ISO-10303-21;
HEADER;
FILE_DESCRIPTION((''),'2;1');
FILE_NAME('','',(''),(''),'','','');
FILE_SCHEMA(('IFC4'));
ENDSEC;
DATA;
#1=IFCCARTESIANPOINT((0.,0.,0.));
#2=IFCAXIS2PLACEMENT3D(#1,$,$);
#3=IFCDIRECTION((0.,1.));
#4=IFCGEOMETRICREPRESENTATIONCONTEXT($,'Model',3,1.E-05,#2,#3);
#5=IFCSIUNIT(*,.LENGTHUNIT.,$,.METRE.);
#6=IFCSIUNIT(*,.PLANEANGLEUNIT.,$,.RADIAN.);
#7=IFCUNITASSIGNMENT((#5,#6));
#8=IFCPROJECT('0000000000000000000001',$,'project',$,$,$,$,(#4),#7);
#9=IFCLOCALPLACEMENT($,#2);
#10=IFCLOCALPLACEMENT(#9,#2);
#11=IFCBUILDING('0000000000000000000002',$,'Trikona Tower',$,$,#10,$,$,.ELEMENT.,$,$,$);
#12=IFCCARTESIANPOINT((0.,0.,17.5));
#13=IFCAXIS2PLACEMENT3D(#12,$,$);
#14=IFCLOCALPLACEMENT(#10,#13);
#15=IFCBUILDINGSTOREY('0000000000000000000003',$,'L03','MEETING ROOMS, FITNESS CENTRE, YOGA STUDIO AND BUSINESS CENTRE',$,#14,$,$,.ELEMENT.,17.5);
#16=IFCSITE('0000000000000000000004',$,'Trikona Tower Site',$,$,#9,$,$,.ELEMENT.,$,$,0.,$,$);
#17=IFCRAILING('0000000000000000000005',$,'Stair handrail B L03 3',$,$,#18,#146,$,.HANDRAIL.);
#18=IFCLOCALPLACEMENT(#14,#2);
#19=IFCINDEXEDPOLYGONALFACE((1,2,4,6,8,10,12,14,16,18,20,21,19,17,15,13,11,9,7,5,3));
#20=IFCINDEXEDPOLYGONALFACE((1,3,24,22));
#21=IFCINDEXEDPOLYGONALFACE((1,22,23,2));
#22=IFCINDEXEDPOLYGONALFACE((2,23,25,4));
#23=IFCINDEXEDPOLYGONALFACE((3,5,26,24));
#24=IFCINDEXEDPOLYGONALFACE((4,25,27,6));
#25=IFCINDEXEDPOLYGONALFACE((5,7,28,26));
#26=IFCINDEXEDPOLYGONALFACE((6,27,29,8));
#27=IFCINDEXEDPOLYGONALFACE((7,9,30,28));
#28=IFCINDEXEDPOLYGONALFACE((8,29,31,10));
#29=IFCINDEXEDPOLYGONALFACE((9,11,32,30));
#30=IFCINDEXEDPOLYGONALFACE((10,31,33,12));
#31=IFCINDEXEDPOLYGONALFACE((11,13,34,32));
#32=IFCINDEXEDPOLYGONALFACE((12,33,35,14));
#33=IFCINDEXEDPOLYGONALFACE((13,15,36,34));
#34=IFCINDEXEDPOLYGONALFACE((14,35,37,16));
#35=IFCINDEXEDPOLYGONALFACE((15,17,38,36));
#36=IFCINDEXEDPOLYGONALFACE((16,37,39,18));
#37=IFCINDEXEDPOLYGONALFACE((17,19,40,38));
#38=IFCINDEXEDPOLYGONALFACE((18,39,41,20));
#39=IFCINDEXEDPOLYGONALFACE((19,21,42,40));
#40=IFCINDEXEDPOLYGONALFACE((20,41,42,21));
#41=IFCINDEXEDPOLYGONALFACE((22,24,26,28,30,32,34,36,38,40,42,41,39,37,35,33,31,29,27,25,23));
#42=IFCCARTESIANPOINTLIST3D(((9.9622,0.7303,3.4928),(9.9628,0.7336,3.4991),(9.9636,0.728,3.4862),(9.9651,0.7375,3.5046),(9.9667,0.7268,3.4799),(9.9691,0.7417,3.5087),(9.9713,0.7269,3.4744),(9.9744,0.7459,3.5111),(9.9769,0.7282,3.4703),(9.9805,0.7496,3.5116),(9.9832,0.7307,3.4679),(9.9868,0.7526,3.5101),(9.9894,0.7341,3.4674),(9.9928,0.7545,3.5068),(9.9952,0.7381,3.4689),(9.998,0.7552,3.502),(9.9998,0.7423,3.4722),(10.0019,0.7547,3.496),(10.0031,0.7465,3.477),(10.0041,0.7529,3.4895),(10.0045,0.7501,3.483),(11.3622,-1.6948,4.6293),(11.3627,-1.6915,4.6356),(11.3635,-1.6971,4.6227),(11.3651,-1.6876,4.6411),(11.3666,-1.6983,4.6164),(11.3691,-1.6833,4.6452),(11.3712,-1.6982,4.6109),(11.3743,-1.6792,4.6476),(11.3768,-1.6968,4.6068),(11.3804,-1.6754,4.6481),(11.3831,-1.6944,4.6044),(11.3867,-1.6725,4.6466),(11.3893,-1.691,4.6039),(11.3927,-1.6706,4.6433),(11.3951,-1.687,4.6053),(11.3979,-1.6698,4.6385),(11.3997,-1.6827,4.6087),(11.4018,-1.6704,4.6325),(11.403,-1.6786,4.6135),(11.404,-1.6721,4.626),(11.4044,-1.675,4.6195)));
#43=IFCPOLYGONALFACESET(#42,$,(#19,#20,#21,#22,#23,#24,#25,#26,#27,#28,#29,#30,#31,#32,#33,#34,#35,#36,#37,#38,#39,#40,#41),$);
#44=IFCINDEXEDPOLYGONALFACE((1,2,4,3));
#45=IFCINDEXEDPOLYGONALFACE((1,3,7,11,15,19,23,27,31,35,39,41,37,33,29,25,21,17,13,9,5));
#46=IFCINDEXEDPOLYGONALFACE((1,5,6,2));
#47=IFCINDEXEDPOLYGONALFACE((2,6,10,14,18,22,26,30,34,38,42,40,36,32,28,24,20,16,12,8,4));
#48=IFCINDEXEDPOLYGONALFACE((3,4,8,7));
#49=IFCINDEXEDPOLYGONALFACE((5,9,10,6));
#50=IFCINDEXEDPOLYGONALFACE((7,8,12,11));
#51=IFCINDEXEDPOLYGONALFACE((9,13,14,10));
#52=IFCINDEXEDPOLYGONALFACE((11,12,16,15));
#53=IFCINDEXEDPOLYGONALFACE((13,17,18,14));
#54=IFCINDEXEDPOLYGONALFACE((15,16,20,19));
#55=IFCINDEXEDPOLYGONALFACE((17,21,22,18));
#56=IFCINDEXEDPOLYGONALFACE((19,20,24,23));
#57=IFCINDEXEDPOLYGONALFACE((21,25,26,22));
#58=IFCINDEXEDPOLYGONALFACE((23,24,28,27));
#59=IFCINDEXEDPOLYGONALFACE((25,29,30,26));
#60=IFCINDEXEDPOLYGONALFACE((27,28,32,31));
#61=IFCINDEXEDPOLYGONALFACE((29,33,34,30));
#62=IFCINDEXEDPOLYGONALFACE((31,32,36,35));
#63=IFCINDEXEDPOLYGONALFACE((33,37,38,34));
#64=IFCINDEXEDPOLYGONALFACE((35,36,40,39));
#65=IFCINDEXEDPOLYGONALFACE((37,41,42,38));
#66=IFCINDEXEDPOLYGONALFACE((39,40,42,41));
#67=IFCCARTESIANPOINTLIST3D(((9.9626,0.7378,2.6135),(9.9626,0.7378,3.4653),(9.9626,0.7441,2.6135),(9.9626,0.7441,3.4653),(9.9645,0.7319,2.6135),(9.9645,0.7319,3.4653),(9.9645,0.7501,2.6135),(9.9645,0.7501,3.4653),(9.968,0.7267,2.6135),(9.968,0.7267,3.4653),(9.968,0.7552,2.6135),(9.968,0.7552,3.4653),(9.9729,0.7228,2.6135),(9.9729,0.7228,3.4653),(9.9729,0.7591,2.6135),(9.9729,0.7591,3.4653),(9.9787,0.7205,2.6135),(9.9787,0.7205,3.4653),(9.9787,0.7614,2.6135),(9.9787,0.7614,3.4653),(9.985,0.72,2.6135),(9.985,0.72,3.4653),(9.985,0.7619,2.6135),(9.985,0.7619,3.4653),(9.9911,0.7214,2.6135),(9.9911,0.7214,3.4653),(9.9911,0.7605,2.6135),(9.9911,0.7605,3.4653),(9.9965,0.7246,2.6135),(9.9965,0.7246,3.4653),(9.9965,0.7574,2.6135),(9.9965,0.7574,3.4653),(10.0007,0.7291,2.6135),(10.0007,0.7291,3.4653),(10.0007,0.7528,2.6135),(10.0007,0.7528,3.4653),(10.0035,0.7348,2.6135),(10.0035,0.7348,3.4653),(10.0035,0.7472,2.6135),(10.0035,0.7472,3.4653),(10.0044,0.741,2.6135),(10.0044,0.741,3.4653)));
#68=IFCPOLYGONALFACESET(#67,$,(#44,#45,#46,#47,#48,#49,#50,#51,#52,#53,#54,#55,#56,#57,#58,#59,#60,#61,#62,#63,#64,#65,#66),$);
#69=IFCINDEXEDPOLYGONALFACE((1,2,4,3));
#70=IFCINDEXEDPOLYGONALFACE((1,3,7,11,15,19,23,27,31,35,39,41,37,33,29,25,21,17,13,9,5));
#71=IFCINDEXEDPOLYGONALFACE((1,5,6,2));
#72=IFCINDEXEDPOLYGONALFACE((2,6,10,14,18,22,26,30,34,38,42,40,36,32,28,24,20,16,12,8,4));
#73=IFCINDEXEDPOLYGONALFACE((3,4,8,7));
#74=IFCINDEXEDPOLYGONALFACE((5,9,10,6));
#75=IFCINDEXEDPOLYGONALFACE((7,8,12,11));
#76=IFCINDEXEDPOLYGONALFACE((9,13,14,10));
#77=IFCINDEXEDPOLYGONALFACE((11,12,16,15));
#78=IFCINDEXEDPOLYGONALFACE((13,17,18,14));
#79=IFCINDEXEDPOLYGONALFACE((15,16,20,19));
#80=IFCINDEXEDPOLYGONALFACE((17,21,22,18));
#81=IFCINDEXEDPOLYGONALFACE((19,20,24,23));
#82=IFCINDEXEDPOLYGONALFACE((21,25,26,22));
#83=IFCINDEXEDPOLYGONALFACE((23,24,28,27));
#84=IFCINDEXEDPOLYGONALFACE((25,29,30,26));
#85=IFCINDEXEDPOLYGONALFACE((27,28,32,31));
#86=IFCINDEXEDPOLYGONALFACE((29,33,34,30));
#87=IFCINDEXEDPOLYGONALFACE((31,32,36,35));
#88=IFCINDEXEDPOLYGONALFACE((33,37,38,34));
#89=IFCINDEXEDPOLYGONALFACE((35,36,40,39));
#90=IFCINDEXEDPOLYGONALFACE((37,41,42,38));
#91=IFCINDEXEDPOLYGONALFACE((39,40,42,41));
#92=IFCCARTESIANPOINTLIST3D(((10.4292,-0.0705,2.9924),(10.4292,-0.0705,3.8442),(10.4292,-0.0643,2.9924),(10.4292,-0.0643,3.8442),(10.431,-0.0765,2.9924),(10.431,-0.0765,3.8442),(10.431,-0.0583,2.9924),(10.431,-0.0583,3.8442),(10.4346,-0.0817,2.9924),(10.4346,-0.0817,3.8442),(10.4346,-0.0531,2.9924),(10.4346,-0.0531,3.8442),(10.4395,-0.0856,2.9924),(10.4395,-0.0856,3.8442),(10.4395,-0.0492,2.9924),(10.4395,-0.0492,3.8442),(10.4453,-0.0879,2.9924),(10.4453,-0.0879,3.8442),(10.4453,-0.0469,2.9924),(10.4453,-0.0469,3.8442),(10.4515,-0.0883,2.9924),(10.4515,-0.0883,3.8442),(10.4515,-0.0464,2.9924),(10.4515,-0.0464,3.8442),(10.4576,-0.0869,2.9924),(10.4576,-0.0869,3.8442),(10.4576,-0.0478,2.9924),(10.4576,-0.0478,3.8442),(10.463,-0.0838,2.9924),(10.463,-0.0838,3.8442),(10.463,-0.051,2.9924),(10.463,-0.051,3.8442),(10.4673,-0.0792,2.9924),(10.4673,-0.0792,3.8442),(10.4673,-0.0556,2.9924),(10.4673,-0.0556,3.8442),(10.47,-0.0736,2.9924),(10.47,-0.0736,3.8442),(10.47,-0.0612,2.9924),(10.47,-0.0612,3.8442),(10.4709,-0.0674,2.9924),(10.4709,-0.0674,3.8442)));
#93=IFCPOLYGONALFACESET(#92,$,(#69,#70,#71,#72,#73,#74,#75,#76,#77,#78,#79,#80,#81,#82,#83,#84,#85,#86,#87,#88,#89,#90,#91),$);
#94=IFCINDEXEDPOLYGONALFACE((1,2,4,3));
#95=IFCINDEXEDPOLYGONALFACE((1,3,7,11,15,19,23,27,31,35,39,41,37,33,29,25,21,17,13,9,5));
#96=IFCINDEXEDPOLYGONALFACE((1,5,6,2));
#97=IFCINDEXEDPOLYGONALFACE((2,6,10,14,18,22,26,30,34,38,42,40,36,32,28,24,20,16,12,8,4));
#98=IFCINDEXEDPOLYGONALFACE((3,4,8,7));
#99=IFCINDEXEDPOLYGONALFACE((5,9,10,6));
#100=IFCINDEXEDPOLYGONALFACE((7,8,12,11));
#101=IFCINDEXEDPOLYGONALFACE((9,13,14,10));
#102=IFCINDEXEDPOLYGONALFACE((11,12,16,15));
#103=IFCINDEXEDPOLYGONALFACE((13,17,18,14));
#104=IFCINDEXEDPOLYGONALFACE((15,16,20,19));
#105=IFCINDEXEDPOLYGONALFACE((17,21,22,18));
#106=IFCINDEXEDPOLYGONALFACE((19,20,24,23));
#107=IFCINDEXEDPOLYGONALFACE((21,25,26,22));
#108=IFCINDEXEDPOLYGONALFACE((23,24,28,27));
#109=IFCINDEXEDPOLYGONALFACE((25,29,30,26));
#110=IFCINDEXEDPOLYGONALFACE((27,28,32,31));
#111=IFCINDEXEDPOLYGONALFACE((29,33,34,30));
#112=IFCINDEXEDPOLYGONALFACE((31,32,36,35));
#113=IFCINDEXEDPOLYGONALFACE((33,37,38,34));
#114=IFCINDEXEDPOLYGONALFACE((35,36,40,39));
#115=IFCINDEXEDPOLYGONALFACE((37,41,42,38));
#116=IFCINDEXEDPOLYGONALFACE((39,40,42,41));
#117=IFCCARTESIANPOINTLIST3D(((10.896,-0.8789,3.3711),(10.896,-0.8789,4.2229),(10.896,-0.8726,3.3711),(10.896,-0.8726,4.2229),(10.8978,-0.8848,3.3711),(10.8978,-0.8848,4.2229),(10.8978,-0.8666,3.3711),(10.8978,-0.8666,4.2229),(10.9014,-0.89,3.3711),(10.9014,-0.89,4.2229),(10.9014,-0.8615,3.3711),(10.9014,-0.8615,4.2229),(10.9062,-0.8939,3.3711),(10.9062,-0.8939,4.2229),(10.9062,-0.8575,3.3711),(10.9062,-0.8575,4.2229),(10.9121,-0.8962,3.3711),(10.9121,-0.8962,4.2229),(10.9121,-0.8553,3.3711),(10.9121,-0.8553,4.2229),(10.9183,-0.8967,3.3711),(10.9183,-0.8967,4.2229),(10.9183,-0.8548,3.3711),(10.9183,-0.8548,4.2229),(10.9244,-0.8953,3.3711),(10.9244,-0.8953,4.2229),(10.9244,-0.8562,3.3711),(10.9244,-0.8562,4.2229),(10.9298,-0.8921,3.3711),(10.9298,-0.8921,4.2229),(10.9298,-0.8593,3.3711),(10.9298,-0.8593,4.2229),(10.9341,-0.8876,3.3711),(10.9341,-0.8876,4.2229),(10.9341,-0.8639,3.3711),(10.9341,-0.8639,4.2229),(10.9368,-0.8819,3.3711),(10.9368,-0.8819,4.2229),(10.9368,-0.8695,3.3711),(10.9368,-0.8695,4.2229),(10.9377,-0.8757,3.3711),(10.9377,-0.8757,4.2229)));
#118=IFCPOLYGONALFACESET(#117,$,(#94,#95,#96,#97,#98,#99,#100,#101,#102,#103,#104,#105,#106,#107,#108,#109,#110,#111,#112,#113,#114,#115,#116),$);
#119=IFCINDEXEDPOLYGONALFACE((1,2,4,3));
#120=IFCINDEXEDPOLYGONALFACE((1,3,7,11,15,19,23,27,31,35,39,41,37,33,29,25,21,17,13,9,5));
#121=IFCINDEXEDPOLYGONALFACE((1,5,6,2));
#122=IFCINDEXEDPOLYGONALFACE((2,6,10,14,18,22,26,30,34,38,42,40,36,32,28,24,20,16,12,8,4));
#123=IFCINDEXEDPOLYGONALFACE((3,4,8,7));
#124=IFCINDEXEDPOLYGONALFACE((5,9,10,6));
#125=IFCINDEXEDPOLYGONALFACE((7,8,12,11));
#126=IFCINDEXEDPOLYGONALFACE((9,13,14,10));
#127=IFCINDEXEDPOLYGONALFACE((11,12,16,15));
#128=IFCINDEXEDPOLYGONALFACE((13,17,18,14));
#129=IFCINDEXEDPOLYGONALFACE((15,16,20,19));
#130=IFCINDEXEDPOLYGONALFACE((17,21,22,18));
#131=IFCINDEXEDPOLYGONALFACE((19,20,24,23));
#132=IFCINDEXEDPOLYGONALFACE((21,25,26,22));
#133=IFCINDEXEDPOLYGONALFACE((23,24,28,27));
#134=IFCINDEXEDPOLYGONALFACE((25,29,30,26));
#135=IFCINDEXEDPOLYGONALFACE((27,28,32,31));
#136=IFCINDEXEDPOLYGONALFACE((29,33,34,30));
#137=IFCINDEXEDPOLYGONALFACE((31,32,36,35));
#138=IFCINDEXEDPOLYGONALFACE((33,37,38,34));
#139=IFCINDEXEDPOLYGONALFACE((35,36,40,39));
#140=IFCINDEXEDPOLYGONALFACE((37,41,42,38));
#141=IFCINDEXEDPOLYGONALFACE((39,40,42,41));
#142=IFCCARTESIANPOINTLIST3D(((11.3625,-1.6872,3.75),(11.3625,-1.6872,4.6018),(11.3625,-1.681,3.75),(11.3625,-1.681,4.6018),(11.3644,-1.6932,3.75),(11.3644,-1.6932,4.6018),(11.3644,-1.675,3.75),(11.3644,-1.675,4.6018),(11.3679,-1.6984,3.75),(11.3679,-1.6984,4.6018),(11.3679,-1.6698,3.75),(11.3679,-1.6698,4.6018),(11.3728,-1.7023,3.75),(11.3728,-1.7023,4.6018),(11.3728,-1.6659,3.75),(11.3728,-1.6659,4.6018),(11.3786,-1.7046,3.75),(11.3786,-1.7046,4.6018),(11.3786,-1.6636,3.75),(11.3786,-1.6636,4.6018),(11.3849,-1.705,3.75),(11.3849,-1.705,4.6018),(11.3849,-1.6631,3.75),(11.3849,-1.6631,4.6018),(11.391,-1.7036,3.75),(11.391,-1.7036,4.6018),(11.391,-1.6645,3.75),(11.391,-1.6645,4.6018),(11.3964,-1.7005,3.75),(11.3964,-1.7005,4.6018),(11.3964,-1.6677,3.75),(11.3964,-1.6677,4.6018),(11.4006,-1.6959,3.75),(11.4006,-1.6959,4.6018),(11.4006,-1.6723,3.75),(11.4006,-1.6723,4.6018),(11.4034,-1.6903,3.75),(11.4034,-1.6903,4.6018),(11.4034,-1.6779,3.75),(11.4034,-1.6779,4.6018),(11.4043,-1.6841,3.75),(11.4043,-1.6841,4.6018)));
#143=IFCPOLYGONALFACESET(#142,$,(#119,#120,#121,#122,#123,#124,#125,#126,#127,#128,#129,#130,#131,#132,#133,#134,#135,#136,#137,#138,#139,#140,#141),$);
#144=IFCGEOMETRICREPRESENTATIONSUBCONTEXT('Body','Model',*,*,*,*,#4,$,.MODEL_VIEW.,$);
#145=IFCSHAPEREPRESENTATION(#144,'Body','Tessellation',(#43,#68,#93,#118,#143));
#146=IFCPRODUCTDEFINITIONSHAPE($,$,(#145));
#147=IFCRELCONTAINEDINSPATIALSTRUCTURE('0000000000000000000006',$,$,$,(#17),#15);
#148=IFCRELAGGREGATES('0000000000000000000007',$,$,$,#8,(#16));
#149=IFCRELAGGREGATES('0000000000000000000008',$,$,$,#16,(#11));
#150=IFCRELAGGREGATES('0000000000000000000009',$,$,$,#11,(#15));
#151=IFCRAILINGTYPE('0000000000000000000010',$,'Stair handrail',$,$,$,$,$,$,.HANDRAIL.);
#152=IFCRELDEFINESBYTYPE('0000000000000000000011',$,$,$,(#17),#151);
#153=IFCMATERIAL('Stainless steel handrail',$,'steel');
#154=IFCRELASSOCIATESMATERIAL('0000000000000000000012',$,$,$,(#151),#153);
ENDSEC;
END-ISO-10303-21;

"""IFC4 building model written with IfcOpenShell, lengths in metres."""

from ifc_helpers import new_model, si_unit, direction, frame, origin, origin_2d, place, context, subcontext, project, spatial, circle, extrude, material, type_object, element, save


model = new_model("IFC4")

# Units and contexts
model_context = context("Model", 3, precision=1e-05, world=origin(), true_north=direction((0.0, 1.0)))
body_context = subcontext(model_context, "Body", "Model", "MODEL_VIEW")
ifc_project = project(units=[si_unit("LENGTHUNIT", "METRE"), si_unit("PLANEANGLEUNIT", "RADIAN")], contexts=[model_context])

# Site, building, storey
site_placement = place(None, origin())
site = spatial("IfcSite", under=ifc_project, at=site_placement, Name="Trikona Tower Site", CompositionType="ELEMENT", RefElevation=0.0)
building_placement = place(site_placement, origin())
building = spatial("IfcBuilding", under=site, at=building_placement, Name="Trikona Tower", CompositionType="ELEMENT")
storey_placement = place(building_placement, frame((0.0, 0.0, 17.5)))
storey = spatial("IfcBuildingStorey", under=building, at=storey_placement, Name="L03", Description="MEETING ROOMS, FITNESS CENTRE, YOGA STUDIO AND BUSINESS CENTRE", CompositionType="ELEMENT", Elevation=17.5)

# Railing
ifc_material_1 = material(Name="Stainless steel handrail", Category="steel")
railing_type = type_object("IfcRailingType", Name="Stair handrail", PredefinedType="HANDRAIL", material=ifc_material_1)
for number, where, name in (
    (1, (9.9834, 0.741, 2.6135), "Stair handrail B L03 3"),
):
    element("IfcRailing", number, at=place(storey_placement, frame(where)), inside=storey, type_object=railing_type, Name=name, PredefinedType="HANDRAIL", context=body_context, shape_type="SweptSolid", body=[
        extrude(circle(Radius=0.0239, at=origin_2d()), frame((0.0, 0.0, 0.876), z_axis=(0.463245, -0.802479, 0.376074), x_axis=(0.866056, 0.499946, 0.0)), (0.0, 0.0, 1.0), 3.022),
        extrude(circle(Radius=0.021, at=origin_2d()), origin(), (0.0, 0.0, 1.0), 0.8518),
        extrude(circle(Radius=0.021, at=origin_2d()), frame((0.4666, -0.8083, 0.3789)), (0.0, 0.0, 1.0), 0.8518),
        extrude(circle(Radius=0.021, at=origin_2d()), frame((0.9333, -1.6167, 0.7576)), (0.0, 0.0, 1.0), 0.8518),
        extrude(circle(Radius=0.021, at=origin_2d()), frame((1.3999, -2.425, 1.1365)), (0.0, 0.0, 1.0), 0.8518),
    ])

save(model, "model.ifc")
